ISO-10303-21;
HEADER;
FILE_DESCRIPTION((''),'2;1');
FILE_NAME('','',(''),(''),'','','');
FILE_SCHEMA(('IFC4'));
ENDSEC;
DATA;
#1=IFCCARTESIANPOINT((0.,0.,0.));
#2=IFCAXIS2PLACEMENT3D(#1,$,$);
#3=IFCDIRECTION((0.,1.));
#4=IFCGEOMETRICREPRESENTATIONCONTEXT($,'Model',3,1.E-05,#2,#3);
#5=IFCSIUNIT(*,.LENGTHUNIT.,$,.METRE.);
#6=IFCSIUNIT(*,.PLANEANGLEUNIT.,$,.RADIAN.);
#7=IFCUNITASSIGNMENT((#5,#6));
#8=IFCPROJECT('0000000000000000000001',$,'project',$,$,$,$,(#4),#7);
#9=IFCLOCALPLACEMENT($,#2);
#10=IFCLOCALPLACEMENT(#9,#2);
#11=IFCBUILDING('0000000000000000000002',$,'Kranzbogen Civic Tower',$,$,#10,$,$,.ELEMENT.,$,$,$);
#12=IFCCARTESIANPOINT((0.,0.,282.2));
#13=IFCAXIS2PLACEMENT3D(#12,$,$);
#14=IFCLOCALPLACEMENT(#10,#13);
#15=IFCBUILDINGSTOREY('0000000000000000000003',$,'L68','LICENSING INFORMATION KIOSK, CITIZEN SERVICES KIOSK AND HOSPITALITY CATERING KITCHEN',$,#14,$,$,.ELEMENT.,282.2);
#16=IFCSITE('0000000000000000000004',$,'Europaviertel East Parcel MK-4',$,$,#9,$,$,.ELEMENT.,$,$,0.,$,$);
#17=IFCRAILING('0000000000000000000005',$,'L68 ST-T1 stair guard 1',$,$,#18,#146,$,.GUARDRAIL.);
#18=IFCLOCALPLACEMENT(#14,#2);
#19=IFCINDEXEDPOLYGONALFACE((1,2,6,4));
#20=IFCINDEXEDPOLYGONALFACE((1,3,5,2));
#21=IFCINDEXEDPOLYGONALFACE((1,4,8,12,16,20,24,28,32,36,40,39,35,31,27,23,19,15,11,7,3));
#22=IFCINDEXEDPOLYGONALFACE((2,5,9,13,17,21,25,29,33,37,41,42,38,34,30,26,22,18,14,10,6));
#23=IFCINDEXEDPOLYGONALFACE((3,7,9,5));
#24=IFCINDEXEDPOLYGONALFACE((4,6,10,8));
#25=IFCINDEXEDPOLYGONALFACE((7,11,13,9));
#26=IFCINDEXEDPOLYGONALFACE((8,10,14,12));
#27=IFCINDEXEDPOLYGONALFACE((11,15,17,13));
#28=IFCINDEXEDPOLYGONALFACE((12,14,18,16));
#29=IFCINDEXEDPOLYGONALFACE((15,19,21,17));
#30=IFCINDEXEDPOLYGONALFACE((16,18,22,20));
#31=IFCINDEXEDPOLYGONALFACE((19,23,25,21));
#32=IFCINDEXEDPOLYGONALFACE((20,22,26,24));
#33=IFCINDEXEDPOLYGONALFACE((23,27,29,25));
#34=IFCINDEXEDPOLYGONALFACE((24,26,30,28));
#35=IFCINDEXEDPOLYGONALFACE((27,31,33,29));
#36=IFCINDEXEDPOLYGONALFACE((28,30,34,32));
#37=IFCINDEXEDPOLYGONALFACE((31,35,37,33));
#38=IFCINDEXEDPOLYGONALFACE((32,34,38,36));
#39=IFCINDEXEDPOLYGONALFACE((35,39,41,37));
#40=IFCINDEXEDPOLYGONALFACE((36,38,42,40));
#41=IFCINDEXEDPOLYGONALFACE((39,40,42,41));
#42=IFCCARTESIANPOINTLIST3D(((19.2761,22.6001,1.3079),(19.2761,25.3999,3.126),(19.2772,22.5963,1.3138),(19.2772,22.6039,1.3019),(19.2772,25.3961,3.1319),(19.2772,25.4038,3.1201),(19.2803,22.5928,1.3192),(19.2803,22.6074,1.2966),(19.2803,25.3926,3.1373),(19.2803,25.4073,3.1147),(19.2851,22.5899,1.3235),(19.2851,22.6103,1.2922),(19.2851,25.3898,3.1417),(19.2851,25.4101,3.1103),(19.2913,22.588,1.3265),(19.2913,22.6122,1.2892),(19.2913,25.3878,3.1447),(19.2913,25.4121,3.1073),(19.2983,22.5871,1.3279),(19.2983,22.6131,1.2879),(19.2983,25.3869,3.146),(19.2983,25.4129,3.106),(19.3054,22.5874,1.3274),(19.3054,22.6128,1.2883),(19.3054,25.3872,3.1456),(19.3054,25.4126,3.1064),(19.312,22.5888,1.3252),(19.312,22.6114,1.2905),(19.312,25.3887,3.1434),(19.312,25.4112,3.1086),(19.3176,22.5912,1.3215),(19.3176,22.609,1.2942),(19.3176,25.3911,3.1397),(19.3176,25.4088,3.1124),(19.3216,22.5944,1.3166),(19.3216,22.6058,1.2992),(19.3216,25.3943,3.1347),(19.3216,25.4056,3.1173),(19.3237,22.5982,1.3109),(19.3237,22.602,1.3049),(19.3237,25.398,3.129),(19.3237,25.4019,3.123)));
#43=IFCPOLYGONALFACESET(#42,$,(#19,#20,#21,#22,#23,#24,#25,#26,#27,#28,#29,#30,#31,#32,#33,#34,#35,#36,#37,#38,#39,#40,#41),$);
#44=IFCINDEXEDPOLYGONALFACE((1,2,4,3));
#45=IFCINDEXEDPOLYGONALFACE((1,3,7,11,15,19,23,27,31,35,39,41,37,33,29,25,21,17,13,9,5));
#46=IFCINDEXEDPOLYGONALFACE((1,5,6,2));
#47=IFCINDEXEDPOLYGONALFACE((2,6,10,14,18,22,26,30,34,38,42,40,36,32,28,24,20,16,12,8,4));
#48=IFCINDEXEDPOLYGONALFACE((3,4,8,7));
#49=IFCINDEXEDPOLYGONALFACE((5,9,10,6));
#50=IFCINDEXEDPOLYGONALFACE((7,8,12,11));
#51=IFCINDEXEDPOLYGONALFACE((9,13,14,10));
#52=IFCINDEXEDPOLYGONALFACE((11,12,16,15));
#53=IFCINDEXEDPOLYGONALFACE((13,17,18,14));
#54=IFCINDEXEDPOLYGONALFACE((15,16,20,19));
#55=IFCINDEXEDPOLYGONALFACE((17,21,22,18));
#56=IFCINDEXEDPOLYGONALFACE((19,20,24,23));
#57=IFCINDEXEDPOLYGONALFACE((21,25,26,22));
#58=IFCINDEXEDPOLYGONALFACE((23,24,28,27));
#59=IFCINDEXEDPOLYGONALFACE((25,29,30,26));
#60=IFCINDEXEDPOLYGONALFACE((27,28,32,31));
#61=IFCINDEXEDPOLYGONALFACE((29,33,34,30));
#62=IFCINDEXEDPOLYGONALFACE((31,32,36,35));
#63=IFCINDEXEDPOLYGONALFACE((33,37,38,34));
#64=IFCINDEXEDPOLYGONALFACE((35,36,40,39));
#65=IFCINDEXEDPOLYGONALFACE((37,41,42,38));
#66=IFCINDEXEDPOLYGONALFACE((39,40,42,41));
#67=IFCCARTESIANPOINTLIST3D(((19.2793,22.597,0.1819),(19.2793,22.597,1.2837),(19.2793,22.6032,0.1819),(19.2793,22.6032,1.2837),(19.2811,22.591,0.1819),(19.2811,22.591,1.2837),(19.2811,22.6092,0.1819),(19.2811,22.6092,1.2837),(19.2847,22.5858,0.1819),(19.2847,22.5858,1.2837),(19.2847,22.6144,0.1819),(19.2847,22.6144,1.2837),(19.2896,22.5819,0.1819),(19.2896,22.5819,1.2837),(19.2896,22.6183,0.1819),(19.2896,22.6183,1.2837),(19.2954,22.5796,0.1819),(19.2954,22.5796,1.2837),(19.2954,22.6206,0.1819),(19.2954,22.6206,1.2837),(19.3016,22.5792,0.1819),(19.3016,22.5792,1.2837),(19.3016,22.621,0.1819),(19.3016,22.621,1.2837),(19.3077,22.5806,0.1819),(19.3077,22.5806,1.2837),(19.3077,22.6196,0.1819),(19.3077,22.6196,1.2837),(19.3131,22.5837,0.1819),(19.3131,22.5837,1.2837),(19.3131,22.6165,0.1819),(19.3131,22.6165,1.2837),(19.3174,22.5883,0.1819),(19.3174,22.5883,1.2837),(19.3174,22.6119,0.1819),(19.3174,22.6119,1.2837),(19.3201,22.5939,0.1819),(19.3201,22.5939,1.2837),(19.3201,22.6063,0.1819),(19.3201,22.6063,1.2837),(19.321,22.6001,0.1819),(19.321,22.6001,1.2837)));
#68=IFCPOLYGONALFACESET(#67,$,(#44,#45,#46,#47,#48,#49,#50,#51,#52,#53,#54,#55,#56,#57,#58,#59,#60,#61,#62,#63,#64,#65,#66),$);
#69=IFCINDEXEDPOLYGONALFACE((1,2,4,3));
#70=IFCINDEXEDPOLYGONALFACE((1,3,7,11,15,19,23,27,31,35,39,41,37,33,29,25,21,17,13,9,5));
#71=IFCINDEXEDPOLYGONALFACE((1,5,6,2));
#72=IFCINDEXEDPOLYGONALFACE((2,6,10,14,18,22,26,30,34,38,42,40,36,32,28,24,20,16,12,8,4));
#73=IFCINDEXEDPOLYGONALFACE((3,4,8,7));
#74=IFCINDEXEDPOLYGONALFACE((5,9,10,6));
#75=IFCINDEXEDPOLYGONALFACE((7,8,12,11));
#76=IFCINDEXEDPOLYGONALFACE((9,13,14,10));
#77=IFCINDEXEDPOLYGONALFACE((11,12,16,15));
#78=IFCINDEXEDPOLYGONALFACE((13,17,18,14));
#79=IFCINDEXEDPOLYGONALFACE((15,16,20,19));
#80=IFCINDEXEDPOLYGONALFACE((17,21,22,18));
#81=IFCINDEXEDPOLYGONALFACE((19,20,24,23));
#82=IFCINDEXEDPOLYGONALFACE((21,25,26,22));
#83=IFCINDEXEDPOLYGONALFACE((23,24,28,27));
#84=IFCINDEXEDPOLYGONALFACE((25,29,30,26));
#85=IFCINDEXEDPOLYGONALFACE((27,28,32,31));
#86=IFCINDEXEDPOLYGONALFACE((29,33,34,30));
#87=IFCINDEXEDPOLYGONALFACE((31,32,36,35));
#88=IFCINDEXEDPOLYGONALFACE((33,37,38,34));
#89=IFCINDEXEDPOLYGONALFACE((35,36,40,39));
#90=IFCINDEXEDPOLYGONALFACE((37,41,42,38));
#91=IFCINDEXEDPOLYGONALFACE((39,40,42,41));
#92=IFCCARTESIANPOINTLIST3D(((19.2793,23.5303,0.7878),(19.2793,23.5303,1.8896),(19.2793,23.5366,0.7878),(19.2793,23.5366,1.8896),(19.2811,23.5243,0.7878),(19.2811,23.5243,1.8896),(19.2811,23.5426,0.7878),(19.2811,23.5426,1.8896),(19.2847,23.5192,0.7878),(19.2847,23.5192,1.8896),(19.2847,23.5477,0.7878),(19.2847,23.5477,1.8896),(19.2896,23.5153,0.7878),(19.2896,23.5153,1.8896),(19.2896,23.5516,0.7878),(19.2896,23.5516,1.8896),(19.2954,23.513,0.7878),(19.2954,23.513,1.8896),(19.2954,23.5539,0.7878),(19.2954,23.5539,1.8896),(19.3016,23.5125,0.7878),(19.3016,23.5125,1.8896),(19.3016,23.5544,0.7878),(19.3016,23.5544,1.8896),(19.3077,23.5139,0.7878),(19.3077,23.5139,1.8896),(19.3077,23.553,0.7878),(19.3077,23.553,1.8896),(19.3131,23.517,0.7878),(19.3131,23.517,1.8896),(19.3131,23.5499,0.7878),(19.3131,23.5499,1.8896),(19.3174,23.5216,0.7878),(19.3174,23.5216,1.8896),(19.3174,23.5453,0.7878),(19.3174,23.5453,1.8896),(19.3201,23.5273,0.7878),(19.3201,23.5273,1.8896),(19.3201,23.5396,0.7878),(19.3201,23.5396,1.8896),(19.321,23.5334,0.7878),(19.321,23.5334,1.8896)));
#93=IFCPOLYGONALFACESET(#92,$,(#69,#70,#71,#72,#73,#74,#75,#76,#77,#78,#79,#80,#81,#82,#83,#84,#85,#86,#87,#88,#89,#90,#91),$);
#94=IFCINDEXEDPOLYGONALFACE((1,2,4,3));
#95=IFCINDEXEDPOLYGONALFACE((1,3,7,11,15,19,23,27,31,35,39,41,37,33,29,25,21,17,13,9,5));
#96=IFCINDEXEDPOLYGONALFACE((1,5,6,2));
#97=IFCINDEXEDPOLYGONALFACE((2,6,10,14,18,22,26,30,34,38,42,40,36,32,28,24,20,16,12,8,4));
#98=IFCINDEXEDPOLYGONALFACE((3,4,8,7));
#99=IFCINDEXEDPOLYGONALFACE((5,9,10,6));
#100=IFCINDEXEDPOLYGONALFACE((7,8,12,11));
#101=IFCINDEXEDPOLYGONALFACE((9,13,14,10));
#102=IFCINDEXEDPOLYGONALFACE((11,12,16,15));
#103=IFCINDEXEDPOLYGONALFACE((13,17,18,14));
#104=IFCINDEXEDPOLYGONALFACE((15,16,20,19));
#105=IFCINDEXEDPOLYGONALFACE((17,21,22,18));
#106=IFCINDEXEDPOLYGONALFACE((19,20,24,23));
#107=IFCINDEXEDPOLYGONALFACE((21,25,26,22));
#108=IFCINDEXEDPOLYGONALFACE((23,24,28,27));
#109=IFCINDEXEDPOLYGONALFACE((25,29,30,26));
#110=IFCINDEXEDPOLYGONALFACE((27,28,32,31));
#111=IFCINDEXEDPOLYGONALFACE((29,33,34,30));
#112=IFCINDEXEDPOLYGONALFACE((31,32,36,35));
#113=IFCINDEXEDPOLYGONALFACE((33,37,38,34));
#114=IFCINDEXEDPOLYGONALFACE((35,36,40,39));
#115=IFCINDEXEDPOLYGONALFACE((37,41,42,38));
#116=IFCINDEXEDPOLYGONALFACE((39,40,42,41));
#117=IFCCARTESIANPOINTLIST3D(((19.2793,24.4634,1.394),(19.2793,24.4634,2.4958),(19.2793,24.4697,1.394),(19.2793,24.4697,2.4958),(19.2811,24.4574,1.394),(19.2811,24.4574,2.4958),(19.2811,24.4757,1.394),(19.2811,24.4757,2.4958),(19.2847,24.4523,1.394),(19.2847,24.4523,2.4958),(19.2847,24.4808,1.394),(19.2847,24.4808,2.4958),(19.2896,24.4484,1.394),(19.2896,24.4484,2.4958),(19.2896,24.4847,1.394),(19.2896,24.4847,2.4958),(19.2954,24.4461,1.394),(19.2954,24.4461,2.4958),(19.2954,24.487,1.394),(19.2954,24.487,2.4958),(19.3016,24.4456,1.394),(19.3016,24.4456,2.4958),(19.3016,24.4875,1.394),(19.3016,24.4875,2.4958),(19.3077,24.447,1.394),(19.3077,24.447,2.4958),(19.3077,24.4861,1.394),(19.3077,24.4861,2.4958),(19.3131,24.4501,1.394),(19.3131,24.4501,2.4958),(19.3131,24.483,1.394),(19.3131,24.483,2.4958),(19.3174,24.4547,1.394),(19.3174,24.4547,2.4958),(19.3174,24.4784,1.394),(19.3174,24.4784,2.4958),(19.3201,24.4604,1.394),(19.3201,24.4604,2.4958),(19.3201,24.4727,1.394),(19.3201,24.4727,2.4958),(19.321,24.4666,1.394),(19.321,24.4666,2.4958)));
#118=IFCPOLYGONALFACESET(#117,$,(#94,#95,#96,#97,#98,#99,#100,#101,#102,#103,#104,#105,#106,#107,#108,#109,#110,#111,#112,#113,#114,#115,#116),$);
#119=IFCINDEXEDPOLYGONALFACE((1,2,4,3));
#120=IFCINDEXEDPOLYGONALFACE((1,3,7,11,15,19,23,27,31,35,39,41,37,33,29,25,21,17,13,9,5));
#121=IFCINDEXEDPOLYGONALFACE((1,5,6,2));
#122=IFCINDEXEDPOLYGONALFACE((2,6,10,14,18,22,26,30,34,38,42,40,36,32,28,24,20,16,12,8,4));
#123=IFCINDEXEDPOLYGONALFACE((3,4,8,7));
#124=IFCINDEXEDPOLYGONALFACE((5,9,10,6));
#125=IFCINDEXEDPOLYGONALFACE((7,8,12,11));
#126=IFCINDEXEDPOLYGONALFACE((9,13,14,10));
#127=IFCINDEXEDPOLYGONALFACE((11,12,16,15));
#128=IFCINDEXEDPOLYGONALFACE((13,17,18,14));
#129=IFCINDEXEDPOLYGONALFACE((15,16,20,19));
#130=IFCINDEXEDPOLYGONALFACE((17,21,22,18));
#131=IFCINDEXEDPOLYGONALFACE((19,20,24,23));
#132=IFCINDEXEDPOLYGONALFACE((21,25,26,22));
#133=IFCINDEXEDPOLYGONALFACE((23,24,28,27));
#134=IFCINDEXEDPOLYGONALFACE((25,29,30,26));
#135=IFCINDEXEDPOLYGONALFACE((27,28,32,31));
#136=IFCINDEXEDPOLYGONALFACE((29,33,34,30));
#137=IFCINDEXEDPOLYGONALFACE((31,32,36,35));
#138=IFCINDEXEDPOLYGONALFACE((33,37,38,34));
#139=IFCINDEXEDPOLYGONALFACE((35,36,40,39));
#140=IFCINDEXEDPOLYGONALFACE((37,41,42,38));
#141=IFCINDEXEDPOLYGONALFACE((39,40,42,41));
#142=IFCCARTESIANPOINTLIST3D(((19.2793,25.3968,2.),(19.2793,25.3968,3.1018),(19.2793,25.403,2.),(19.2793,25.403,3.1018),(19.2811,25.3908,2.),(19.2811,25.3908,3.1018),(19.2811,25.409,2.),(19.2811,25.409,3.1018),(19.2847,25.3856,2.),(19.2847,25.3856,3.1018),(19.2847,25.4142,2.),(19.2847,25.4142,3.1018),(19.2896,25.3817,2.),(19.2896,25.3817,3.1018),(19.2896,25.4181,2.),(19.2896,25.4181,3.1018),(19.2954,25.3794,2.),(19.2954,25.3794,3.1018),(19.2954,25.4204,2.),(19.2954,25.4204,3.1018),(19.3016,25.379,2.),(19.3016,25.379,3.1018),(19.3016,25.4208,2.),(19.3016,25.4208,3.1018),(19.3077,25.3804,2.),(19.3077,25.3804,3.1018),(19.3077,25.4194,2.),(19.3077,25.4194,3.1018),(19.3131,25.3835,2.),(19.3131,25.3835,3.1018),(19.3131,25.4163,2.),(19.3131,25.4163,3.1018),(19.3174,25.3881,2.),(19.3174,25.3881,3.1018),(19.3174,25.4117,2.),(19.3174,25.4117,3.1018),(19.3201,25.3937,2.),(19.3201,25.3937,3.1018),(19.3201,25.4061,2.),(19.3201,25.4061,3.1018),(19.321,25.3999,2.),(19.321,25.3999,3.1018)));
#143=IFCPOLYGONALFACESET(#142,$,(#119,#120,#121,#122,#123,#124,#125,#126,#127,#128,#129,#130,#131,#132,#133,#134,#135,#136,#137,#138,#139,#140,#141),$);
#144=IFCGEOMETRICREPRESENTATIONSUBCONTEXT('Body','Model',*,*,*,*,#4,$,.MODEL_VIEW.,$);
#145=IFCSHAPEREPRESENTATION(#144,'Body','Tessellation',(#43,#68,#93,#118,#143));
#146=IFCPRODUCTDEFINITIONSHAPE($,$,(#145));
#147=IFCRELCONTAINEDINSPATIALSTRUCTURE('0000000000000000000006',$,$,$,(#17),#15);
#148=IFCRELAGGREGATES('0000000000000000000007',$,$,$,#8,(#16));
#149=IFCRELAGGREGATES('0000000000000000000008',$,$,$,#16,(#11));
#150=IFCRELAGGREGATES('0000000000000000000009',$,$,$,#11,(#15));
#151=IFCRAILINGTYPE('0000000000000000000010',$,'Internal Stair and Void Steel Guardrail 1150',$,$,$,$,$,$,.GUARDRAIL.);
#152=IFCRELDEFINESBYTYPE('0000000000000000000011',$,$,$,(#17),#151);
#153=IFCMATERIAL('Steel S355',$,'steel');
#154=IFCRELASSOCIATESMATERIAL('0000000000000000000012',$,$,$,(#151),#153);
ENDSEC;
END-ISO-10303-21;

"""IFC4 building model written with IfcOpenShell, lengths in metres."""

from ifc_helpers import new_model, si_unit, direction, frame, origin, origin_2d, place, context, subcontext, project, spatial, circle, extrude, material, type_object, element, save


model = new_model("IFC4")

# Units and contexts
model_context = context("Model", 3, precision=1e-05, world=origin(), true_north=direction((0.0, 1.0)))
body_context = subcontext(model_context, "Body", "Model", "MODEL_VIEW")
ifc_project = project(units=[si_unit("LENGTHUNIT", "METRE"), si_unit("PLANEANGLEUNIT", "RADIAN")], contexts=[model_context])

# Site, building, storey
site_placement = place(None, origin())
site = spatial("IfcSite", under=ifc_project, at=site_placement, Name="Europaviertel East Parcel MK-4", CompositionType="ELEMENT", RefElevation=0.0)
building_placement = place(site_placement, origin())
building = spatial("IfcBuilding", under=site, at=building_placement, Name="Kranzbogen Civic Tower", CompositionType="ELEMENT")
storey_placement = place(building_placement, frame((0.0, 0.0, 282.2)))
storey = spatial("IfcBuildingStorey", under=building, at=storey_placement, Name="L68", Description="LICENSING INFORMATION KIOSK, CITIZEN SERVICES KIOSK AND HOSPITALITY CATERING KITCHEN", CompositionType="ELEMENT", Elevation=282.2)

# Shared definitions
ifc_material_1 = material(Name="Steel S355", Category="steel")

# Railing
railing_type_1 = type_object("IfcRailingType", Name="Internal Stair and Void Steel Guardrail 1150", PredefinedType="GUARDRAIL", material=ifc_material_1)
railing_1_placement = place(storey_placement, frame((19.3, 22.6001, 0.1819)))
element("IfcRailing", 1, at=railing_1_placement, inside=storey, type_object=railing_type_1, Name="L68 ST-T1 stair guard 1", PredefinedType="GUARDRAIL", context=body_context, shape_type="SweptSolid", body=[
    extrude(circle(Radius=0.0239, at=origin_2d()), frame((0.0, 0.0, 1.126), z_axis=(0.0, 0.838684, 0.544618), x_axis=(-1.0, 0.0, 0.0)), (0.0, 0.0, 1.0), 3.3384),
    extrude(circle(Radius=0.021, at=origin_2d()), origin(), (0.0, 0.0, 1.0), 1.1018),
    extrude(circle(Radius=0.021, at=origin_2d()), frame((0.0, 0.9333, 0.606)), (0.0, 0.0, 1.0), 1.1018),
    extrude(circle(Radius=0.021, at=origin_2d()), frame((0.0, 1.8665, 1.2122)), (0.0, 0.0, 1.0), 1.1018),
    extrude(circle(Radius=0.021, at=origin_2d()), frame((0.0, 2.7998, 1.8181)), (0.0, 0.0, 1.0), 1.1018),
])

save(model, "model.ifc")
